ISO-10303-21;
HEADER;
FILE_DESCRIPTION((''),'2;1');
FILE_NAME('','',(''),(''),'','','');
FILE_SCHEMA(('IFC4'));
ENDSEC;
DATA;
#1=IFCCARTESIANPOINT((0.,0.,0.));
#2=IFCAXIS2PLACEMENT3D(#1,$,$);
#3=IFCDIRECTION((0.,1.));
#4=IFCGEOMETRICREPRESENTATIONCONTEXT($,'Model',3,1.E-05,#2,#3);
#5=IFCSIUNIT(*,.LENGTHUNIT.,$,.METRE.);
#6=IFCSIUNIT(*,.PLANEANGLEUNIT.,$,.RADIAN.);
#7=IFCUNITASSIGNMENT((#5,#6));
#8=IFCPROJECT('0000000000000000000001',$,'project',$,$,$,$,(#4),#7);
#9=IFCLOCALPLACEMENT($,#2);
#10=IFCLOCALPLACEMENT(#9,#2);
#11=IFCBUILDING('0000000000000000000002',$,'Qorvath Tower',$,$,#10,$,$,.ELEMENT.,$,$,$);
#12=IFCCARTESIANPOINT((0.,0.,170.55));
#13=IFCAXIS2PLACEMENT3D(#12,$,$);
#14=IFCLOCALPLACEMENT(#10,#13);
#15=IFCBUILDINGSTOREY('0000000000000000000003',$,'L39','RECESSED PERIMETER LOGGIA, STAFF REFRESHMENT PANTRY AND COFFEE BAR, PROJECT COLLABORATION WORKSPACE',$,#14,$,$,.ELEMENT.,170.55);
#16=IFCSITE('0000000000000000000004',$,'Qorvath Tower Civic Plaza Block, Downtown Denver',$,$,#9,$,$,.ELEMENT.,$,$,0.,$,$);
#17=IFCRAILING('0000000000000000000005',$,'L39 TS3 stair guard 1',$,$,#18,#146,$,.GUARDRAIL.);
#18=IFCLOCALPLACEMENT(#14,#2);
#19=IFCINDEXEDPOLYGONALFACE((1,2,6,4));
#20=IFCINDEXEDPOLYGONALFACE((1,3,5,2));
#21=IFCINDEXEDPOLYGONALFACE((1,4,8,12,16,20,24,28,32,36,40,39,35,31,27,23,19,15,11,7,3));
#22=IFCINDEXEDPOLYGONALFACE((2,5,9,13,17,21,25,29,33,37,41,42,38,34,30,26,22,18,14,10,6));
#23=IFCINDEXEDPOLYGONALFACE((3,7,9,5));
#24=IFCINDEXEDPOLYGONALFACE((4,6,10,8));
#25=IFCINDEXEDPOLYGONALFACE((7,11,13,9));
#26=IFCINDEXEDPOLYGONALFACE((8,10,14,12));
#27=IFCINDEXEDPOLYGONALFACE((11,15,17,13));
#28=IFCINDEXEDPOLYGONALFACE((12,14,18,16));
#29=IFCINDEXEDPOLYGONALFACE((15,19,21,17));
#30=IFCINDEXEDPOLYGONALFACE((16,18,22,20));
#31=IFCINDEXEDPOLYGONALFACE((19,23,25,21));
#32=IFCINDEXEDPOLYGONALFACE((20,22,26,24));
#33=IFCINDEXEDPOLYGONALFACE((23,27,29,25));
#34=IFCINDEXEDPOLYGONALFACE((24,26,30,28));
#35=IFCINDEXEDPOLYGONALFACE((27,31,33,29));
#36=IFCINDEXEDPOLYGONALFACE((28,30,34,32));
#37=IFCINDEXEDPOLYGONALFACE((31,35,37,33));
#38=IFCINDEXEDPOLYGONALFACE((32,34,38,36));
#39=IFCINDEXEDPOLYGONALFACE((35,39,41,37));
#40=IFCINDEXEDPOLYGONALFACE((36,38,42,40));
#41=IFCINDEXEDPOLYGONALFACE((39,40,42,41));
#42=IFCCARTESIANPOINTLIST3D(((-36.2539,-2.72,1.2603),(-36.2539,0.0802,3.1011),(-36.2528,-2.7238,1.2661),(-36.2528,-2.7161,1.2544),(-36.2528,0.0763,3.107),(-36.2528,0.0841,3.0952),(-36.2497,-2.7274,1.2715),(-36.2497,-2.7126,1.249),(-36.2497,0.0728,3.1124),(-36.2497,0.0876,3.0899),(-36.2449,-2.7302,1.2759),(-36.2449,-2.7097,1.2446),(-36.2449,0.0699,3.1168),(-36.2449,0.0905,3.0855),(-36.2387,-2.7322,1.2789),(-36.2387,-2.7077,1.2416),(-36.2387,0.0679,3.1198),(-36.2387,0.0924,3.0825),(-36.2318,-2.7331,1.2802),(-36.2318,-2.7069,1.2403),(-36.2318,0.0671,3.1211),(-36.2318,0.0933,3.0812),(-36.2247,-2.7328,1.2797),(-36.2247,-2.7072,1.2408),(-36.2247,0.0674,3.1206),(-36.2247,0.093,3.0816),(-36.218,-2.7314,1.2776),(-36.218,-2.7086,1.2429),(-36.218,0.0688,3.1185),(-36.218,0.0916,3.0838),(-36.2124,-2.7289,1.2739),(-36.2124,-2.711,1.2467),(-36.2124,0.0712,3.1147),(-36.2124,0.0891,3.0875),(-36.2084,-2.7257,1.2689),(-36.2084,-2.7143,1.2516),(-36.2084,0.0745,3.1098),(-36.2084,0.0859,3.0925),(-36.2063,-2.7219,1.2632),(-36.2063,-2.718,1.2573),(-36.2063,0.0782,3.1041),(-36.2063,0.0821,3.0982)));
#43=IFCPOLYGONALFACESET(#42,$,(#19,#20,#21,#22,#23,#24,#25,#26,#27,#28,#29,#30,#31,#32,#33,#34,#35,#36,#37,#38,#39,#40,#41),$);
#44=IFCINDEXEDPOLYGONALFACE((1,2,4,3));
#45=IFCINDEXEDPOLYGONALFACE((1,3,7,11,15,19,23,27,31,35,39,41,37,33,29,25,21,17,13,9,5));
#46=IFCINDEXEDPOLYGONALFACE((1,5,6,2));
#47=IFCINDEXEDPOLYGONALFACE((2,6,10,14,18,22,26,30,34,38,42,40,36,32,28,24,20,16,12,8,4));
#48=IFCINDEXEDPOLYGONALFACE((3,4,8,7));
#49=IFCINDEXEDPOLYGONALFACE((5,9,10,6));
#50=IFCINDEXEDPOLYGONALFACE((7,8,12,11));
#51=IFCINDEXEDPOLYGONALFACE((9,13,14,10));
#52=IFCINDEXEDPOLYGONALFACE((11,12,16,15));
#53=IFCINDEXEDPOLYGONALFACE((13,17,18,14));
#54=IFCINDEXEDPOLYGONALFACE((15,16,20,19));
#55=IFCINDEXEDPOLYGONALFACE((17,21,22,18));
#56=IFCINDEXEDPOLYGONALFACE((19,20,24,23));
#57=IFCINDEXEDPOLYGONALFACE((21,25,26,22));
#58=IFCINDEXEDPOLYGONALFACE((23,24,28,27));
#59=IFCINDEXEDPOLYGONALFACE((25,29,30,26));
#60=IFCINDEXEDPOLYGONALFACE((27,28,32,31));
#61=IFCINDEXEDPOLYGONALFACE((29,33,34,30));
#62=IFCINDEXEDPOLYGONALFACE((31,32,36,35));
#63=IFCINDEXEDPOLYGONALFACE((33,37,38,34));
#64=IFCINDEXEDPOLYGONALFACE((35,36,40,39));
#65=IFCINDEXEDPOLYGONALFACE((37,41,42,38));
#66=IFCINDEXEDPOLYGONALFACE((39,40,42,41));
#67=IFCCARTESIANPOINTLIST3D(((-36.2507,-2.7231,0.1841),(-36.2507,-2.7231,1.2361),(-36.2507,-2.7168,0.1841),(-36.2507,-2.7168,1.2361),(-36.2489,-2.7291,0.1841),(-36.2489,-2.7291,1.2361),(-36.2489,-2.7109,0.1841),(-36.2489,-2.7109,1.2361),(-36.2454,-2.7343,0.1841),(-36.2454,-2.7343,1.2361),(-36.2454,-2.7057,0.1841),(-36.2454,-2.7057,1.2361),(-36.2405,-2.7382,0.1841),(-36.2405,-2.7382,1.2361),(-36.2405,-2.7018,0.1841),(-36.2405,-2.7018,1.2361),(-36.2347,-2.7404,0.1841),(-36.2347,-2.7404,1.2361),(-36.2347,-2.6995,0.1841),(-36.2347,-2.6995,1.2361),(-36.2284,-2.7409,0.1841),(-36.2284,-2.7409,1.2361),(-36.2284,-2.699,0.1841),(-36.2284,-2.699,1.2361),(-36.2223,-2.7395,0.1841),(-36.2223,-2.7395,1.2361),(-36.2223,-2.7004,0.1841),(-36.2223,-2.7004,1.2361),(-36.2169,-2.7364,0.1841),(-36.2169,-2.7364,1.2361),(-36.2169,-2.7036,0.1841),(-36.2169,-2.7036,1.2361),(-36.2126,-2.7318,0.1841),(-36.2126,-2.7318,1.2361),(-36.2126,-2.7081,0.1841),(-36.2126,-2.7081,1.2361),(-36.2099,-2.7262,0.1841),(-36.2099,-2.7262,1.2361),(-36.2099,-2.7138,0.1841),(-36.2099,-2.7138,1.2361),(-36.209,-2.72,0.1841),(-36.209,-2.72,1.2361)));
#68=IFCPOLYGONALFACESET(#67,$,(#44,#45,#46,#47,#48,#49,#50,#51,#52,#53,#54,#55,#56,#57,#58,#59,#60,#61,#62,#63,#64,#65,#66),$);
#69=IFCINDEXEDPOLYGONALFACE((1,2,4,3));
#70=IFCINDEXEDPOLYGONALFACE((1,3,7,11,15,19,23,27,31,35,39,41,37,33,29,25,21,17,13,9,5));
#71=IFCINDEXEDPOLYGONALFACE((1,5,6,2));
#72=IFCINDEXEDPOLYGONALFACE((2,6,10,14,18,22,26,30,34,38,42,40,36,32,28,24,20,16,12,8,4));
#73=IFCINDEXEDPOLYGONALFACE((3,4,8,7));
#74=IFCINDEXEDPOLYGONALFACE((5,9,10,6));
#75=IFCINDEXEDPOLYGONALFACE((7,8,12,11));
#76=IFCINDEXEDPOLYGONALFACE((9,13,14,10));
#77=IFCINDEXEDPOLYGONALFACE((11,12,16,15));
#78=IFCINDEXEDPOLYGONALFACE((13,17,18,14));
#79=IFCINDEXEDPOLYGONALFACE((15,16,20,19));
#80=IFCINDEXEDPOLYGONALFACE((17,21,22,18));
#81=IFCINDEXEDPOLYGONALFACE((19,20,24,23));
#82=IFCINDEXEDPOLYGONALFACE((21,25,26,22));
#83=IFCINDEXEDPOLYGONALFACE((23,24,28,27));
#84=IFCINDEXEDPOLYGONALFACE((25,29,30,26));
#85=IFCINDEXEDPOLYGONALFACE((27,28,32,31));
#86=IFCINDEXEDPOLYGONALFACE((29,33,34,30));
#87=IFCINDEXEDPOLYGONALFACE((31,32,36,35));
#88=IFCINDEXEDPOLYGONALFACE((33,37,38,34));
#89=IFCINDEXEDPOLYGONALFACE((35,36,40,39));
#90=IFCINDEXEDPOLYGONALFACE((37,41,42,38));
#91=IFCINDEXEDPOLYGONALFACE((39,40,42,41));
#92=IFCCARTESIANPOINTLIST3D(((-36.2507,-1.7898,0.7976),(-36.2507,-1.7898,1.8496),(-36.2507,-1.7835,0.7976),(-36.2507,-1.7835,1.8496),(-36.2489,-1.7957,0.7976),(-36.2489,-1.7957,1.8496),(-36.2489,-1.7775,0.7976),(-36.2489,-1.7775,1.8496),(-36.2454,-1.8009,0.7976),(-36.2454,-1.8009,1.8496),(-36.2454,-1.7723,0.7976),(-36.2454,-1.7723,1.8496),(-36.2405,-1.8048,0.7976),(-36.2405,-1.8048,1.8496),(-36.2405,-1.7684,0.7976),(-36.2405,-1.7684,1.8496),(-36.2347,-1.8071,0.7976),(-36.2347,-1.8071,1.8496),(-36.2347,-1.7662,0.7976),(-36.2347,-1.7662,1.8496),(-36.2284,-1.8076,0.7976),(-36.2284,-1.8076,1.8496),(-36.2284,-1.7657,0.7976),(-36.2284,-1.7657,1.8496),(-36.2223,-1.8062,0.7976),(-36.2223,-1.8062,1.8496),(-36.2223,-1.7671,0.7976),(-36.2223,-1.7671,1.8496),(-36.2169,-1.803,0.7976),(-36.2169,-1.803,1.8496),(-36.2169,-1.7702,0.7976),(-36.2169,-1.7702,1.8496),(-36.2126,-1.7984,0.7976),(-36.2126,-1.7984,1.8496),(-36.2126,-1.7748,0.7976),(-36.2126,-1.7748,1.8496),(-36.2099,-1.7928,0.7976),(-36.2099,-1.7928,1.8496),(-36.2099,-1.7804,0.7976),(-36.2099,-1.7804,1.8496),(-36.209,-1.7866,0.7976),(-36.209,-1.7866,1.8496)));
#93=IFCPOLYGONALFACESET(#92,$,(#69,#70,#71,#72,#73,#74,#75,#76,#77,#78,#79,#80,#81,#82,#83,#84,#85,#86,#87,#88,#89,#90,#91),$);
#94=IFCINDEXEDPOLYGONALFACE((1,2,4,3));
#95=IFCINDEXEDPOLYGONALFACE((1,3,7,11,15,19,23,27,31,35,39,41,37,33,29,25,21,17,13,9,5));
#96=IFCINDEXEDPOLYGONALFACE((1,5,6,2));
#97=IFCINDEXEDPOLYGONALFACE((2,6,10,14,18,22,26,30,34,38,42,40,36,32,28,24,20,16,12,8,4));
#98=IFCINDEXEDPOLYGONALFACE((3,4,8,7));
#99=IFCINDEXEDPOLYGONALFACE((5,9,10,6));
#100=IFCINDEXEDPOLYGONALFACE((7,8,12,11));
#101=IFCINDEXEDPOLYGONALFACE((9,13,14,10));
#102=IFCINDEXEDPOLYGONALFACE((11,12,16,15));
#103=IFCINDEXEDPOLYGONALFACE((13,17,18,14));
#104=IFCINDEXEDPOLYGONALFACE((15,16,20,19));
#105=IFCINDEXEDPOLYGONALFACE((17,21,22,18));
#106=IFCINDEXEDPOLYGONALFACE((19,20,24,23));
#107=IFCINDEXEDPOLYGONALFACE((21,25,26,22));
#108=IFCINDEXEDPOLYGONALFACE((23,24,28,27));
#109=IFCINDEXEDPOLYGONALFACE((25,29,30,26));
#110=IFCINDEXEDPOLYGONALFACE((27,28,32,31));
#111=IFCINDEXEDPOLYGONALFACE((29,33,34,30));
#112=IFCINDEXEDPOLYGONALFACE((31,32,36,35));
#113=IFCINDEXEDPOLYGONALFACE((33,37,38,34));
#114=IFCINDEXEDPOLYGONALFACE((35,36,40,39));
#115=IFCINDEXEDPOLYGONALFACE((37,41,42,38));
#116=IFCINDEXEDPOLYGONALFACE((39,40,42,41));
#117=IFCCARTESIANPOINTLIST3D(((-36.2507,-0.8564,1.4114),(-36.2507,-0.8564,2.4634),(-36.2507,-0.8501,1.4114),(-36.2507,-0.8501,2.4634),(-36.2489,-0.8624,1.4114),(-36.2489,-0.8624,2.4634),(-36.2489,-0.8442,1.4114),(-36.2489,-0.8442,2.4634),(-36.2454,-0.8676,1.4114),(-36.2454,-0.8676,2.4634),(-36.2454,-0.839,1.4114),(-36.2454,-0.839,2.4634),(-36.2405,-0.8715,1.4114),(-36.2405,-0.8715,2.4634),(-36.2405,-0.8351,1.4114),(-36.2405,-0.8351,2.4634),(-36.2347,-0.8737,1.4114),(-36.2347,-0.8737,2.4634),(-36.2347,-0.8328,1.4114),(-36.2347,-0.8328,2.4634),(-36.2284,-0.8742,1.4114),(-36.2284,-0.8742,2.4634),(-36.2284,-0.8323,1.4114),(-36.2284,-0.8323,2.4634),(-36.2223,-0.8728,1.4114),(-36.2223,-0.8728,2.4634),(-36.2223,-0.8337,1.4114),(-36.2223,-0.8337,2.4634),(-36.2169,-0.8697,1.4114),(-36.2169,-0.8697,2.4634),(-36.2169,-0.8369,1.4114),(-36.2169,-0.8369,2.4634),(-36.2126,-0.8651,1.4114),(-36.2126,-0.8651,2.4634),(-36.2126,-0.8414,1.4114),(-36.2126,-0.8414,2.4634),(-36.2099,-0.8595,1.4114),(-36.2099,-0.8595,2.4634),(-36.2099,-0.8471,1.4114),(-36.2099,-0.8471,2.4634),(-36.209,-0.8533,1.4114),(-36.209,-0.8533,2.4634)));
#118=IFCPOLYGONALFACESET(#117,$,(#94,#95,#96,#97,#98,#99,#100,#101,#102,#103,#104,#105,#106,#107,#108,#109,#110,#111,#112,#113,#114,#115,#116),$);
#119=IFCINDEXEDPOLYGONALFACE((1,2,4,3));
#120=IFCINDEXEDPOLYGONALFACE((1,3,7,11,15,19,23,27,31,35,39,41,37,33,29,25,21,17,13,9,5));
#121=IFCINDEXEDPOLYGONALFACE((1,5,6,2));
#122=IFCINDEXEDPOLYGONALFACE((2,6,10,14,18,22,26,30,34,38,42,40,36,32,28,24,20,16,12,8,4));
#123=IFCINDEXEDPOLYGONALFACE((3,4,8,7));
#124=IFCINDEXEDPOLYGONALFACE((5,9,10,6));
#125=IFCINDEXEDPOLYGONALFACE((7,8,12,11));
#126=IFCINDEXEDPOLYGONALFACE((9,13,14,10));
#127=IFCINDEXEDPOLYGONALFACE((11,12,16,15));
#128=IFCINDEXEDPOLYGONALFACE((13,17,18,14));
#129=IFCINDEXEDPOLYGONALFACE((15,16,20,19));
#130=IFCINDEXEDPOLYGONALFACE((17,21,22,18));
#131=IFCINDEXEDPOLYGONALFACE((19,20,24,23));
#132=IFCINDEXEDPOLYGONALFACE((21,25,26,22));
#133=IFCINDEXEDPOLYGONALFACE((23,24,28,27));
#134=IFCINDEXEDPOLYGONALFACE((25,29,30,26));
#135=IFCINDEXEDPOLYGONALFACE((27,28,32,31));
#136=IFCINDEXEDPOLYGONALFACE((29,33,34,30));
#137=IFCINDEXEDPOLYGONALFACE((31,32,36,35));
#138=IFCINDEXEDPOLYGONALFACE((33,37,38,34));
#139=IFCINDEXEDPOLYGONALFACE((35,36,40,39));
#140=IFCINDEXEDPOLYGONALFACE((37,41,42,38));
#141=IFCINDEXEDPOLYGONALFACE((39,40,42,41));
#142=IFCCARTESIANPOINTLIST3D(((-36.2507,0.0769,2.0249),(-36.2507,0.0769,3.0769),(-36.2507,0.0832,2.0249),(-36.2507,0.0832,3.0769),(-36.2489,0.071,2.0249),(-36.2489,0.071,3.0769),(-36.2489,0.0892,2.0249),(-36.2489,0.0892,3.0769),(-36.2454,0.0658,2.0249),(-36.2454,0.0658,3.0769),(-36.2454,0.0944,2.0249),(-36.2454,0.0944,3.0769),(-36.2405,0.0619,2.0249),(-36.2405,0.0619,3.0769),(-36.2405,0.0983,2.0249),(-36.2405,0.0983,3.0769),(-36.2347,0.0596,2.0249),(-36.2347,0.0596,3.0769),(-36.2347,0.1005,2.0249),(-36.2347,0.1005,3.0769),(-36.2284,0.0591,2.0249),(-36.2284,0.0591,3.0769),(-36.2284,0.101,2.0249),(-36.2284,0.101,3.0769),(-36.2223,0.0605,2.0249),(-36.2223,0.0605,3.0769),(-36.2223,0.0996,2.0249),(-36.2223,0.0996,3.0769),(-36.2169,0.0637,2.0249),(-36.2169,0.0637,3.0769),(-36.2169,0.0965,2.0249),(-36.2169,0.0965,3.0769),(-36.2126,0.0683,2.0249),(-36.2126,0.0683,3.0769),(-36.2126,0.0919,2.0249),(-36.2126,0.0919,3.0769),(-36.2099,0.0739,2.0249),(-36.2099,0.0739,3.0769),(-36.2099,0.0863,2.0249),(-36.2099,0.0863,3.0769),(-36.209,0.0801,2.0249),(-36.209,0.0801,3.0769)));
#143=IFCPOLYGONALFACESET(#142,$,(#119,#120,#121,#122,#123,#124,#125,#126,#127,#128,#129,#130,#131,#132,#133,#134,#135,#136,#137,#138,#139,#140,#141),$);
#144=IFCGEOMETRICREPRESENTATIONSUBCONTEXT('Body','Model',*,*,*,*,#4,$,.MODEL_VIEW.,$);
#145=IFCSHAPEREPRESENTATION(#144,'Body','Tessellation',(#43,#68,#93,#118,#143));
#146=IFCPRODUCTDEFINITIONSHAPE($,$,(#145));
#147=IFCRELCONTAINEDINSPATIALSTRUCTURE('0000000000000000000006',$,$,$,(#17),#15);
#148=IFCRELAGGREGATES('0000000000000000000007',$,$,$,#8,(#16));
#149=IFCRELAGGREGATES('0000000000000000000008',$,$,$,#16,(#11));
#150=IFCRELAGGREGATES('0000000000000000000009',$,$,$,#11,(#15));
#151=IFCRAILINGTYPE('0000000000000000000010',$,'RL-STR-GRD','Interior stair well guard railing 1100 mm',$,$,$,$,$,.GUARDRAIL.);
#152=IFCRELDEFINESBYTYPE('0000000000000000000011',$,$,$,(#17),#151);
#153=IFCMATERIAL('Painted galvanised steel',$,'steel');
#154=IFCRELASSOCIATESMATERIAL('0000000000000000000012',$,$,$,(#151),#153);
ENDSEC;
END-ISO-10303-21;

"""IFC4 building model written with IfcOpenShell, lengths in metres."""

from ifc_helpers import new_model, si_unit, direction, frame, origin, origin_2d, place, context, subcontext, project, spatial, circle, extrude, material, type_object, element, save


model = new_model("IFC4")

# Units and contexts
model_context = context("Model", 3, precision=1e-05, world=origin(), true_north=direction((0.0, 1.0)))
body_context = subcontext(model_context, "Body", "Model", "MODEL_VIEW")
ifc_project = project(units=[si_unit("LENGTHUNIT", "METRE"), si_unit("PLANEANGLEUNIT", "RADIAN")], contexts=[model_context])

# Site, building, storey
site_placement = place(None, origin())
site = spatial("IfcSite", under=ifc_project, at=site_placement, Name="Qorvath Tower Civic Plaza Block, Downtown Denver", CompositionType="ELEMENT", RefElevation=0.0)
building_placement = place(site_placement, origin())
building = spatial("IfcBuilding", under=site, at=building_placement, Name="Qorvath Tower", CompositionType="ELEMENT")
storey_placement = place(building_placement, frame((0.0, 0.0, 170.55)))
storey = spatial("IfcBuildingStorey", under=building, at=storey_placement, Name="L39", Description="RECESSED PERIMETER LOGGIA, STAFF REFRESHMENT PANTRY AND COFFEE BAR, PROJECT COLLABORATION WORKSPACE", CompositionType="ELEMENT", Elevation=170.55)

# Railing
ifc_material_1 = material(Name="Painted galvanised steel", Category="steel")
railing_type_1 = type_object("IfcRailingType", Name="RL-STR-GRD", Description="Interior stair well guard railing 1100 mm", PredefinedType="GUARDRAIL", material=ifc_material_1)
railing_1_placement = place(storey_placement, frame((-36.23, -2.72, 0.1841)))
element("IfcRailing", 1, at=railing_1_placement, inside=storey, type_object=railing_type_1, Name="L39 TS3 stair guard 1", PredefinedType="GUARDRAIL", context=body_context, shape_type="SweptSolid", body=[
    extrude(circle(Radius=0.0239, at=origin_2d()), frame((0.0, 0.0, 1.0762), z_axis=(0.0, 0.835598, 0.549342), x_axis=(-1.0, 0.0, 0.0)), (0.0, 0.0, 1.0), 3.3511),
    extrude(circle(Radius=0.021, at=origin_2d()), origin(), (0.0, 0.0, 1.0), 1.052),
    extrude(circle(Radius=0.021, at=origin_2d()), frame((0.0, 0.9333, 0.6135)), (0.0, 0.0, 1.0), 1.052),
    extrude(circle(Radius=0.021, at=origin_2d()), frame((0.0, 1.8667, 1.2273)), (0.0, 0.0, 1.0), 1.052),
    extrude(circle(Radius=0.021, at=origin_2d()), frame((0.0, 2.8, 1.8408)), (0.0, 0.0, 1.0), 1.052),
])

save(model, "model.ifc")
